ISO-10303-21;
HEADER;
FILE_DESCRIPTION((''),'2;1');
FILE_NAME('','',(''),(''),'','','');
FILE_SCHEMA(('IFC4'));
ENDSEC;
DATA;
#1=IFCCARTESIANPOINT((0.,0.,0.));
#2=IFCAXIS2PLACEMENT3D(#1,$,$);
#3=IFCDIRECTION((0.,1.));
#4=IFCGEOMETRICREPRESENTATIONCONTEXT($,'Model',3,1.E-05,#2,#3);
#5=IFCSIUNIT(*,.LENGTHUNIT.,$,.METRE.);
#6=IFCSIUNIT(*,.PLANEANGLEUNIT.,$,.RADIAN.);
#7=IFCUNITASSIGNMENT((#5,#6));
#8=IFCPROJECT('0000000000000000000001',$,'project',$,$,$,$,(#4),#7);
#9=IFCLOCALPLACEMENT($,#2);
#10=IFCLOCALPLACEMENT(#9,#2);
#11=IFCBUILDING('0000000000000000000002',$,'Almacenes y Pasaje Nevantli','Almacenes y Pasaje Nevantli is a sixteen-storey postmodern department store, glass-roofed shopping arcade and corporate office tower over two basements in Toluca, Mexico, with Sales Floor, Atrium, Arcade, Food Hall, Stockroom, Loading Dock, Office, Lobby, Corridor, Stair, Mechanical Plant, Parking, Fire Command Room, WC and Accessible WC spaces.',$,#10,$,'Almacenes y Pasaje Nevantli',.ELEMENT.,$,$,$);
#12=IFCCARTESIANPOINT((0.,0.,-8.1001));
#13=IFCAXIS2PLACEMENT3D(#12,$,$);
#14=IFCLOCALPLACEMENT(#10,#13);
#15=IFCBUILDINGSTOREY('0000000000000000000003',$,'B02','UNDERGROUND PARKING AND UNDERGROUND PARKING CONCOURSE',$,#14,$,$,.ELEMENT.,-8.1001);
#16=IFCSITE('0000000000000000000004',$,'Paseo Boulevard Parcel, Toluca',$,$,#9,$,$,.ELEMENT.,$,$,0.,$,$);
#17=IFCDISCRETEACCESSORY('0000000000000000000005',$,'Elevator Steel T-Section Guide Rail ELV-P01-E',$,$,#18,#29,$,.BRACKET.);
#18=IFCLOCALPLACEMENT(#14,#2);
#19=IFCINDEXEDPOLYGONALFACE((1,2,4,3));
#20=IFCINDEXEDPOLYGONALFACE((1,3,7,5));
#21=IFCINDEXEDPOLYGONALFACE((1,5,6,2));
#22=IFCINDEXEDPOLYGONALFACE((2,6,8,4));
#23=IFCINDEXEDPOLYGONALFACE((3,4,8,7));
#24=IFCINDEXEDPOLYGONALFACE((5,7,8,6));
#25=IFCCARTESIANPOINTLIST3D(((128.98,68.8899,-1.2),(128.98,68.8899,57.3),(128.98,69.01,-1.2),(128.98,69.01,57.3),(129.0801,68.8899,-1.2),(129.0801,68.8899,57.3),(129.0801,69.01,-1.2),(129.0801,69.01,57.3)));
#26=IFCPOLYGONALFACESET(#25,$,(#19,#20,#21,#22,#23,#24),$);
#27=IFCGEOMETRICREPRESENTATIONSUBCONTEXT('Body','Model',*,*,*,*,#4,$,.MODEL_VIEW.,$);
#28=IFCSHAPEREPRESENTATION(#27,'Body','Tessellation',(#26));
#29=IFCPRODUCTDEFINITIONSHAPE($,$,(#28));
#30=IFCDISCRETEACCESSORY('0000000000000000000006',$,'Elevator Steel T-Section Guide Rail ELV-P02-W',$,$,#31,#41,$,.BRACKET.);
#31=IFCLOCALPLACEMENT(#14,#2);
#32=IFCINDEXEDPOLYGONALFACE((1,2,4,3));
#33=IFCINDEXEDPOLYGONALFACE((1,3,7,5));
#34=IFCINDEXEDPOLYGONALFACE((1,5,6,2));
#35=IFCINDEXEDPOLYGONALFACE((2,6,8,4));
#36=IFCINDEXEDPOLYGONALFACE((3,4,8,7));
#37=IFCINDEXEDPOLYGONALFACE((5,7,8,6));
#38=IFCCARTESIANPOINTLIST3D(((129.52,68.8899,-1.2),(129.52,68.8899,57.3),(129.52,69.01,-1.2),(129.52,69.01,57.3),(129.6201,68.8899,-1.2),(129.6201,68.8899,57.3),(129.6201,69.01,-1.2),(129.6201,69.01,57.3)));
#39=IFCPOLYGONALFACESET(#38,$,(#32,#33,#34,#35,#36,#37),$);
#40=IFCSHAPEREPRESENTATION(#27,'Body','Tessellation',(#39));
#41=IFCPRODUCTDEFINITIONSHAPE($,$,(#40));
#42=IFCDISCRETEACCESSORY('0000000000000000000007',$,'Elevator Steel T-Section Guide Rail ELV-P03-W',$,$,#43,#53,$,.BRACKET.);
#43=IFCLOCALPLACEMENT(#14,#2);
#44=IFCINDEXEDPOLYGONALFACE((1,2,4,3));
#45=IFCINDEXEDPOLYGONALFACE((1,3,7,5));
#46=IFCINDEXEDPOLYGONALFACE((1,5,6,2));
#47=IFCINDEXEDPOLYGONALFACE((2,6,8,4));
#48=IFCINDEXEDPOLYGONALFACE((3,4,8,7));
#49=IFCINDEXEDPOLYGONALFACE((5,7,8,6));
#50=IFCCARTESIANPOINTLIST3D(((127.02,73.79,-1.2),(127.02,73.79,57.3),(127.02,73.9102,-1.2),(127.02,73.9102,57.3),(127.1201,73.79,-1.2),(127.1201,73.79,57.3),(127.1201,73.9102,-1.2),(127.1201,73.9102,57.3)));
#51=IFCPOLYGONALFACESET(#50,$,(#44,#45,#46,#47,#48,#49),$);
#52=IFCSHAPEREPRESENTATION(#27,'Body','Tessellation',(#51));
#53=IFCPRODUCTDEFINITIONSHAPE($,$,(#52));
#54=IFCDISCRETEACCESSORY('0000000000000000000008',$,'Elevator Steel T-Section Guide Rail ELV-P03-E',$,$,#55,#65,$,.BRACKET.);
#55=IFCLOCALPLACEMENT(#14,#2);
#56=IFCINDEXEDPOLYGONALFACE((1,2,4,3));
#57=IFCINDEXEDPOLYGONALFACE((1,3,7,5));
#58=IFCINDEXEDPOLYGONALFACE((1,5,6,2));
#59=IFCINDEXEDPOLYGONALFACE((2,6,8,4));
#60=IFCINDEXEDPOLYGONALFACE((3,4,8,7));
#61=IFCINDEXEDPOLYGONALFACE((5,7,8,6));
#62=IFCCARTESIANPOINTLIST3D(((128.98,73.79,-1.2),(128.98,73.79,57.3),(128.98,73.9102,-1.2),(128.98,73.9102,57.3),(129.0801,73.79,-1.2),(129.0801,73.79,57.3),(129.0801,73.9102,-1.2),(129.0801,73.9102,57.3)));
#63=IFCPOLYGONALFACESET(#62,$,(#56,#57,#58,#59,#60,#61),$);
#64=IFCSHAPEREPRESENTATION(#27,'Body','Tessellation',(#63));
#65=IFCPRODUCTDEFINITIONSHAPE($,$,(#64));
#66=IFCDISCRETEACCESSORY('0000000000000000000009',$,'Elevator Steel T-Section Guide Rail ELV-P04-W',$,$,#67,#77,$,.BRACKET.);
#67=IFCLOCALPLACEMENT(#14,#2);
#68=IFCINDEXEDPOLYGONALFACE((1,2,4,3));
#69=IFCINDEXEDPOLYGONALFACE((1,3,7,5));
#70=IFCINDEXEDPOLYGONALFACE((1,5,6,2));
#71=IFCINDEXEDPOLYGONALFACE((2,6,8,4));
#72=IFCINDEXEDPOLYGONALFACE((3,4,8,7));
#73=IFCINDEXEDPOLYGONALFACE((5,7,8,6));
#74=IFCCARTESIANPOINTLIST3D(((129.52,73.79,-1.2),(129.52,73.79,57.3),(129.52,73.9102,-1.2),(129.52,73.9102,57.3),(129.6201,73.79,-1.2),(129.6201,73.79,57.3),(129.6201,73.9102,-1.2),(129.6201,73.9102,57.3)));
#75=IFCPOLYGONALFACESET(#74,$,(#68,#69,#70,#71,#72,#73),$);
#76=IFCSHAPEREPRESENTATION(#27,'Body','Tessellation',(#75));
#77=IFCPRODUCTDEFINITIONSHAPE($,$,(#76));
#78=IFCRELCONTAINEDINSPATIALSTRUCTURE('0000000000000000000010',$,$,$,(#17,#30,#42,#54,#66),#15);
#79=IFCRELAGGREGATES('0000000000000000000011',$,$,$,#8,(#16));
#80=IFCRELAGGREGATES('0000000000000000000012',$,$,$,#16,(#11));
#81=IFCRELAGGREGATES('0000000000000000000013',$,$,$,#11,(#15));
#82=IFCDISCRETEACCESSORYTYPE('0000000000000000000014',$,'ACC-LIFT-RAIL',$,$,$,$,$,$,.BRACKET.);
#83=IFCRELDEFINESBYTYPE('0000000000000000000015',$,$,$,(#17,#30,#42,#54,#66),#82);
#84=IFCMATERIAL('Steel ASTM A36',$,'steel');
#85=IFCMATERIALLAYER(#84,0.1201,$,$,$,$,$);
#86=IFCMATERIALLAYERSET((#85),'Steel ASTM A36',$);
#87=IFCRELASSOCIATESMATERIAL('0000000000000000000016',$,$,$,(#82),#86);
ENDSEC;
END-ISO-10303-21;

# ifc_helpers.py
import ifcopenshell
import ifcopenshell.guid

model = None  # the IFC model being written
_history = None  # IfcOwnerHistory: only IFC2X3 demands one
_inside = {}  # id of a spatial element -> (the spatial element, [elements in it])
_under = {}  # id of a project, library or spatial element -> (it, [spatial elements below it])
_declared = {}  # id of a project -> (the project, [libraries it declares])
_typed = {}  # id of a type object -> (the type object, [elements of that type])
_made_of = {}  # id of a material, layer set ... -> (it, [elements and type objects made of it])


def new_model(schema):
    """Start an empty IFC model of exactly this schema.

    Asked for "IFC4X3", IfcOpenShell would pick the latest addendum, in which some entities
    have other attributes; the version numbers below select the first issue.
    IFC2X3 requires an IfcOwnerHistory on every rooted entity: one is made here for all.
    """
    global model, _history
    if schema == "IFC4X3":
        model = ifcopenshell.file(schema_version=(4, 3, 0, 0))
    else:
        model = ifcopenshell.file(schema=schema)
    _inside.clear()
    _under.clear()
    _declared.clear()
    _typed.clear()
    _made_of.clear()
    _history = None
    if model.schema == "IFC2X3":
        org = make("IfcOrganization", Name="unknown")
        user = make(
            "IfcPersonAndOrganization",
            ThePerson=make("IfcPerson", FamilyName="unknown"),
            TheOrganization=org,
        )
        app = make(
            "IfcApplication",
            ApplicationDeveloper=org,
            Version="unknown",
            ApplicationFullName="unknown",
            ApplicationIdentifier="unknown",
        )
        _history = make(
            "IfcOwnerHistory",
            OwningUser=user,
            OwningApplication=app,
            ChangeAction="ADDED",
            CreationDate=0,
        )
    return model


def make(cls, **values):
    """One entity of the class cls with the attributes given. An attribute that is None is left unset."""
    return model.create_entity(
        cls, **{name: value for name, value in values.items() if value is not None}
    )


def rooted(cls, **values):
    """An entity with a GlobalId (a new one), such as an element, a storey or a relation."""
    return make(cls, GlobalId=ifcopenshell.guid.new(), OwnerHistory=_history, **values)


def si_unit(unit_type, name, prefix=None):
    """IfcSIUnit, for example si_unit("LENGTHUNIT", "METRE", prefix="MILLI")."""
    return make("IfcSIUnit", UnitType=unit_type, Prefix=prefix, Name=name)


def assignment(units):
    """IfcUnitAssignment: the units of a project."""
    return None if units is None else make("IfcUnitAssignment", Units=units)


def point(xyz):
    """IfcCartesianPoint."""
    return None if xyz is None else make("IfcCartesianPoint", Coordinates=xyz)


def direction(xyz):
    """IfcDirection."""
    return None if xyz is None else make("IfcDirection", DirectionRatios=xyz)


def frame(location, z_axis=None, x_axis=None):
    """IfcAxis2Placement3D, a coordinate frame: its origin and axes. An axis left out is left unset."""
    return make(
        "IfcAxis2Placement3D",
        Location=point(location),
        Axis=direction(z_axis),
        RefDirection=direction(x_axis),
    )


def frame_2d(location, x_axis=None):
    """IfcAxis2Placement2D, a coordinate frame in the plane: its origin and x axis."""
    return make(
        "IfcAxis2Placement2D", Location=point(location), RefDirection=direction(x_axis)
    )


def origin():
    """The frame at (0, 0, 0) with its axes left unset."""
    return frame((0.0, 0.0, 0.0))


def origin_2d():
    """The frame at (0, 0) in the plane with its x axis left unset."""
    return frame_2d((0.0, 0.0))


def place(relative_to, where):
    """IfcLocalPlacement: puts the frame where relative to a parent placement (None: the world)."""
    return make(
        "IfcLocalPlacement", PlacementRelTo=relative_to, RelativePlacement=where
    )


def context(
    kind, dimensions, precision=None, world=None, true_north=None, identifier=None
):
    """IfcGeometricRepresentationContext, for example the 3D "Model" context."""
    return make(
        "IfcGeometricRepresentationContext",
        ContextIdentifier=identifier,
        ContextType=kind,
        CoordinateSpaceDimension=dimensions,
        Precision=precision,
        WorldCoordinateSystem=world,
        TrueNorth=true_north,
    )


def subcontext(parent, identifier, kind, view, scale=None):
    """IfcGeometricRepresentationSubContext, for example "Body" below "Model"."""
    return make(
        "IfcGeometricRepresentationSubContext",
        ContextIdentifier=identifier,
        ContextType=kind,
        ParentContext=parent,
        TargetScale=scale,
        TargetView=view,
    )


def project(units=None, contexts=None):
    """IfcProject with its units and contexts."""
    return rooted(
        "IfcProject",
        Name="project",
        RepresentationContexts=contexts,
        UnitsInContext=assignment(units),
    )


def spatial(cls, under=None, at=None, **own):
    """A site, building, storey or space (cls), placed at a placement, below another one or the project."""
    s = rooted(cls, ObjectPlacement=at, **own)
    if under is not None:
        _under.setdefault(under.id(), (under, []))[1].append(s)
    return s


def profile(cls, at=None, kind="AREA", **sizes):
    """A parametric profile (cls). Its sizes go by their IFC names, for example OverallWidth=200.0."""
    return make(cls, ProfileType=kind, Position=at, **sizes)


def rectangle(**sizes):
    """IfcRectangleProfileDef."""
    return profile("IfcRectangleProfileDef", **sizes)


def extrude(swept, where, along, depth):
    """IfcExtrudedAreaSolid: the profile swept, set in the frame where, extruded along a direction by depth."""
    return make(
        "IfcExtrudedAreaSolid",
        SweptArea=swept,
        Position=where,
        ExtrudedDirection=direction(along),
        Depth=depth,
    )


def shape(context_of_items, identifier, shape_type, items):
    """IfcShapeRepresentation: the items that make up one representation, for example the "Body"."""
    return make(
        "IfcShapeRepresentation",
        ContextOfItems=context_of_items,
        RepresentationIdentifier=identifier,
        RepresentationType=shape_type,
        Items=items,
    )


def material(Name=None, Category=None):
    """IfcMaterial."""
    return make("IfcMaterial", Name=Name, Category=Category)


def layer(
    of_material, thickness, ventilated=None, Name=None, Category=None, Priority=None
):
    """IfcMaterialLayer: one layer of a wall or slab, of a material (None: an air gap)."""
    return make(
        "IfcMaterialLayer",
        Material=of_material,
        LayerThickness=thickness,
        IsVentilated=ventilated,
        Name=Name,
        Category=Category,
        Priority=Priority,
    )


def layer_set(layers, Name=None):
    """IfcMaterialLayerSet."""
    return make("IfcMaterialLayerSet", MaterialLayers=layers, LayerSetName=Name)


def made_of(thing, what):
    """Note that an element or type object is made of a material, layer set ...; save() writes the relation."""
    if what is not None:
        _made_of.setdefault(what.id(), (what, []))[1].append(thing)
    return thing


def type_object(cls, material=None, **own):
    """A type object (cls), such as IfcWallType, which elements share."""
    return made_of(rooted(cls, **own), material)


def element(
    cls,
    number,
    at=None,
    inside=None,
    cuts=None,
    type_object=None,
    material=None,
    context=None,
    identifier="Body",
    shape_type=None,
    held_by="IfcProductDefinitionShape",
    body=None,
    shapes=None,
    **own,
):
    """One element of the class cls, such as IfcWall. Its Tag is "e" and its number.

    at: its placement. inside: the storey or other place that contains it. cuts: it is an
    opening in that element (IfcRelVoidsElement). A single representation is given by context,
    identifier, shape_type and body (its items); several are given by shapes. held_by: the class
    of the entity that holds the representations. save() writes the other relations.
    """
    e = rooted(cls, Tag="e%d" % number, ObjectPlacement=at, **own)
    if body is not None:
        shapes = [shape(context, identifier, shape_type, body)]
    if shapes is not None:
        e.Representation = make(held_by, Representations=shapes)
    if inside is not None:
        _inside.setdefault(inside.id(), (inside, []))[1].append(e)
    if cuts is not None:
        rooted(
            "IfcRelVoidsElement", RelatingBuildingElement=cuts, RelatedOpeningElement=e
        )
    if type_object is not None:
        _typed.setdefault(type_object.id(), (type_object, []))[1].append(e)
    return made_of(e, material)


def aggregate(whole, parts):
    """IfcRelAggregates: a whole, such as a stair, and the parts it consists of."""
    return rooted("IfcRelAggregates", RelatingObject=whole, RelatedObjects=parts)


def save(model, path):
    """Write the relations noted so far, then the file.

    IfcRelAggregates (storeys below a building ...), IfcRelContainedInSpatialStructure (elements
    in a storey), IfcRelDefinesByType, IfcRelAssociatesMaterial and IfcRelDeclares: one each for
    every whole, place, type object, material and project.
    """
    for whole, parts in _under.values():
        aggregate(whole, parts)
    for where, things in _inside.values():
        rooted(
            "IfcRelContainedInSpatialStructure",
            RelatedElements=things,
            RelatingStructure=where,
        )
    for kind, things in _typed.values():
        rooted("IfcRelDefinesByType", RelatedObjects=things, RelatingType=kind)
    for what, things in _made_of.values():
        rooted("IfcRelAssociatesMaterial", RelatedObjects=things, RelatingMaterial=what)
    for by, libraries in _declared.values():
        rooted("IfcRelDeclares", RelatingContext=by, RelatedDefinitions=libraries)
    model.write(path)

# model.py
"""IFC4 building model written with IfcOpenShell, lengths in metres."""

from ifc_helpers import new_model, si_unit, direction, frame, origin, origin_2d, place, context, subcontext, project, spatial, rectangle, extrude, material, layer, layer_set, type_object, element, save


model = new_model("IFC4")

# Units and contexts
model_context = context("Model", 3, precision=1e-05, world=origin(), true_north=direction((0.0, 1.0)))
body_context = subcontext(model_context, "Body", "Model", "MODEL_VIEW")
ifc_project = project(units=[si_unit("LENGTHUNIT", "METRE"), si_unit("PLANEANGLEUNIT", "RADIAN")], contexts=[model_context])

# Site, building, storey
site_placement = place(None, origin())
site = spatial("IfcSite", under=ifc_project, at=site_placement, Name="Paseo Boulevard Parcel, Toluca", CompositionType="ELEMENT", RefElevation=0.0)
building_placement = place(site_placement, origin())
building = spatial("IfcBuilding", under=site, at=building_placement, Name="Almacenes y Pasaje Nevantli", Description="Almacenes y Pasaje Nevantli is a sixteen-storey postmodern department store, glass-roofed shopping arcade and corporate office tower over two basements in Toluca, Mexico, with Sales Floor, Atrium, Arcade, Food Hall, Stockroom, Loading Dock, Office, Lobby, Corridor, Stair, Mechanical Plant, Parking, Fire Command Room, WC and Accessible WC spaces.", LongName="Almacenes y Pasaje Nevantli", CompositionType="ELEMENT")
storey_placement = place(building_placement, frame((0.0, 0.0, -8.1001)))
storey = spatial("IfcBuildingStorey", under=building, at=storey_placement, Name="B02", Description="UNDERGROUND PARKING AND UNDERGROUND PARKING CONCOURSE", CompositionType="ELEMENT", Elevation=-8.1001)

# Discrete accessories
ifc_material_1 = material(Name="Steel ASTM A36", Category="steel")
ifc_layer_1 = layer(ifc_material_1, 0.1201)
ifc_layer_set_1 = layer_set([ifc_layer_1], Name="Steel ASTM A36")
discrete_accessory_type = type_object("IfcDiscreteAccessoryType", Name="ACC-LIFT-RAIL", PredefinedType="BRACKET", material=ifc_layer_set_1)
for number, where, z_axis, x_axis, name in (
    (1, (129.03, 68.95, -1.2), (0.0, 0.0, 1.0), (1.0, 0.0, 0.0), "Elevator Steel T-Section Guide Rail ELV-P01-E"),
    (2, (129.5701, 68.95, -1.2), (0.0, 0.0, 1.0), (1.0, 0.0, 0.0), "Elevator Steel T-Section Guide Rail ELV-P02-W"),
    (3, (127.0701, 73.8501, -1.2), (0.0, 0.0, 1.0), (1.0, 0.0, 0.0), "Elevator Steel T-Section Guide Rail ELV-P03-W"),
    (4, (129.03, 73.8501, -1.2), (0.0, 0.0, 1.0), (1.0, 0.0, 0.0), "Elevator Steel T-Section Guide Rail ELV-P03-E"),
    (5, (129.5701, 73.8501, -1.2), (0.0, 0.0, 1.0), (1.0, 0.0, 0.0), "Elevator Steel T-Section Guide Rail ELV-P04-W"),
):
    element("IfcDiscreteAccessory", number, at=place(storey_placement, frame(where, z_axis=z_axis, x_axis=x_axis)), inside=storey, type_object=discrete_accessory_type, Name=name, PredefinedType="BRACKET", context=body_context, shape_type="SweptSolid", body=[
        extrude(rectangle(XDim=0.1001, YDim=0.1201, at=origin_2d()), origin(), (0.0, 0.0, 1.0), 58.5),
    ])

save(model, "model.ifc")
